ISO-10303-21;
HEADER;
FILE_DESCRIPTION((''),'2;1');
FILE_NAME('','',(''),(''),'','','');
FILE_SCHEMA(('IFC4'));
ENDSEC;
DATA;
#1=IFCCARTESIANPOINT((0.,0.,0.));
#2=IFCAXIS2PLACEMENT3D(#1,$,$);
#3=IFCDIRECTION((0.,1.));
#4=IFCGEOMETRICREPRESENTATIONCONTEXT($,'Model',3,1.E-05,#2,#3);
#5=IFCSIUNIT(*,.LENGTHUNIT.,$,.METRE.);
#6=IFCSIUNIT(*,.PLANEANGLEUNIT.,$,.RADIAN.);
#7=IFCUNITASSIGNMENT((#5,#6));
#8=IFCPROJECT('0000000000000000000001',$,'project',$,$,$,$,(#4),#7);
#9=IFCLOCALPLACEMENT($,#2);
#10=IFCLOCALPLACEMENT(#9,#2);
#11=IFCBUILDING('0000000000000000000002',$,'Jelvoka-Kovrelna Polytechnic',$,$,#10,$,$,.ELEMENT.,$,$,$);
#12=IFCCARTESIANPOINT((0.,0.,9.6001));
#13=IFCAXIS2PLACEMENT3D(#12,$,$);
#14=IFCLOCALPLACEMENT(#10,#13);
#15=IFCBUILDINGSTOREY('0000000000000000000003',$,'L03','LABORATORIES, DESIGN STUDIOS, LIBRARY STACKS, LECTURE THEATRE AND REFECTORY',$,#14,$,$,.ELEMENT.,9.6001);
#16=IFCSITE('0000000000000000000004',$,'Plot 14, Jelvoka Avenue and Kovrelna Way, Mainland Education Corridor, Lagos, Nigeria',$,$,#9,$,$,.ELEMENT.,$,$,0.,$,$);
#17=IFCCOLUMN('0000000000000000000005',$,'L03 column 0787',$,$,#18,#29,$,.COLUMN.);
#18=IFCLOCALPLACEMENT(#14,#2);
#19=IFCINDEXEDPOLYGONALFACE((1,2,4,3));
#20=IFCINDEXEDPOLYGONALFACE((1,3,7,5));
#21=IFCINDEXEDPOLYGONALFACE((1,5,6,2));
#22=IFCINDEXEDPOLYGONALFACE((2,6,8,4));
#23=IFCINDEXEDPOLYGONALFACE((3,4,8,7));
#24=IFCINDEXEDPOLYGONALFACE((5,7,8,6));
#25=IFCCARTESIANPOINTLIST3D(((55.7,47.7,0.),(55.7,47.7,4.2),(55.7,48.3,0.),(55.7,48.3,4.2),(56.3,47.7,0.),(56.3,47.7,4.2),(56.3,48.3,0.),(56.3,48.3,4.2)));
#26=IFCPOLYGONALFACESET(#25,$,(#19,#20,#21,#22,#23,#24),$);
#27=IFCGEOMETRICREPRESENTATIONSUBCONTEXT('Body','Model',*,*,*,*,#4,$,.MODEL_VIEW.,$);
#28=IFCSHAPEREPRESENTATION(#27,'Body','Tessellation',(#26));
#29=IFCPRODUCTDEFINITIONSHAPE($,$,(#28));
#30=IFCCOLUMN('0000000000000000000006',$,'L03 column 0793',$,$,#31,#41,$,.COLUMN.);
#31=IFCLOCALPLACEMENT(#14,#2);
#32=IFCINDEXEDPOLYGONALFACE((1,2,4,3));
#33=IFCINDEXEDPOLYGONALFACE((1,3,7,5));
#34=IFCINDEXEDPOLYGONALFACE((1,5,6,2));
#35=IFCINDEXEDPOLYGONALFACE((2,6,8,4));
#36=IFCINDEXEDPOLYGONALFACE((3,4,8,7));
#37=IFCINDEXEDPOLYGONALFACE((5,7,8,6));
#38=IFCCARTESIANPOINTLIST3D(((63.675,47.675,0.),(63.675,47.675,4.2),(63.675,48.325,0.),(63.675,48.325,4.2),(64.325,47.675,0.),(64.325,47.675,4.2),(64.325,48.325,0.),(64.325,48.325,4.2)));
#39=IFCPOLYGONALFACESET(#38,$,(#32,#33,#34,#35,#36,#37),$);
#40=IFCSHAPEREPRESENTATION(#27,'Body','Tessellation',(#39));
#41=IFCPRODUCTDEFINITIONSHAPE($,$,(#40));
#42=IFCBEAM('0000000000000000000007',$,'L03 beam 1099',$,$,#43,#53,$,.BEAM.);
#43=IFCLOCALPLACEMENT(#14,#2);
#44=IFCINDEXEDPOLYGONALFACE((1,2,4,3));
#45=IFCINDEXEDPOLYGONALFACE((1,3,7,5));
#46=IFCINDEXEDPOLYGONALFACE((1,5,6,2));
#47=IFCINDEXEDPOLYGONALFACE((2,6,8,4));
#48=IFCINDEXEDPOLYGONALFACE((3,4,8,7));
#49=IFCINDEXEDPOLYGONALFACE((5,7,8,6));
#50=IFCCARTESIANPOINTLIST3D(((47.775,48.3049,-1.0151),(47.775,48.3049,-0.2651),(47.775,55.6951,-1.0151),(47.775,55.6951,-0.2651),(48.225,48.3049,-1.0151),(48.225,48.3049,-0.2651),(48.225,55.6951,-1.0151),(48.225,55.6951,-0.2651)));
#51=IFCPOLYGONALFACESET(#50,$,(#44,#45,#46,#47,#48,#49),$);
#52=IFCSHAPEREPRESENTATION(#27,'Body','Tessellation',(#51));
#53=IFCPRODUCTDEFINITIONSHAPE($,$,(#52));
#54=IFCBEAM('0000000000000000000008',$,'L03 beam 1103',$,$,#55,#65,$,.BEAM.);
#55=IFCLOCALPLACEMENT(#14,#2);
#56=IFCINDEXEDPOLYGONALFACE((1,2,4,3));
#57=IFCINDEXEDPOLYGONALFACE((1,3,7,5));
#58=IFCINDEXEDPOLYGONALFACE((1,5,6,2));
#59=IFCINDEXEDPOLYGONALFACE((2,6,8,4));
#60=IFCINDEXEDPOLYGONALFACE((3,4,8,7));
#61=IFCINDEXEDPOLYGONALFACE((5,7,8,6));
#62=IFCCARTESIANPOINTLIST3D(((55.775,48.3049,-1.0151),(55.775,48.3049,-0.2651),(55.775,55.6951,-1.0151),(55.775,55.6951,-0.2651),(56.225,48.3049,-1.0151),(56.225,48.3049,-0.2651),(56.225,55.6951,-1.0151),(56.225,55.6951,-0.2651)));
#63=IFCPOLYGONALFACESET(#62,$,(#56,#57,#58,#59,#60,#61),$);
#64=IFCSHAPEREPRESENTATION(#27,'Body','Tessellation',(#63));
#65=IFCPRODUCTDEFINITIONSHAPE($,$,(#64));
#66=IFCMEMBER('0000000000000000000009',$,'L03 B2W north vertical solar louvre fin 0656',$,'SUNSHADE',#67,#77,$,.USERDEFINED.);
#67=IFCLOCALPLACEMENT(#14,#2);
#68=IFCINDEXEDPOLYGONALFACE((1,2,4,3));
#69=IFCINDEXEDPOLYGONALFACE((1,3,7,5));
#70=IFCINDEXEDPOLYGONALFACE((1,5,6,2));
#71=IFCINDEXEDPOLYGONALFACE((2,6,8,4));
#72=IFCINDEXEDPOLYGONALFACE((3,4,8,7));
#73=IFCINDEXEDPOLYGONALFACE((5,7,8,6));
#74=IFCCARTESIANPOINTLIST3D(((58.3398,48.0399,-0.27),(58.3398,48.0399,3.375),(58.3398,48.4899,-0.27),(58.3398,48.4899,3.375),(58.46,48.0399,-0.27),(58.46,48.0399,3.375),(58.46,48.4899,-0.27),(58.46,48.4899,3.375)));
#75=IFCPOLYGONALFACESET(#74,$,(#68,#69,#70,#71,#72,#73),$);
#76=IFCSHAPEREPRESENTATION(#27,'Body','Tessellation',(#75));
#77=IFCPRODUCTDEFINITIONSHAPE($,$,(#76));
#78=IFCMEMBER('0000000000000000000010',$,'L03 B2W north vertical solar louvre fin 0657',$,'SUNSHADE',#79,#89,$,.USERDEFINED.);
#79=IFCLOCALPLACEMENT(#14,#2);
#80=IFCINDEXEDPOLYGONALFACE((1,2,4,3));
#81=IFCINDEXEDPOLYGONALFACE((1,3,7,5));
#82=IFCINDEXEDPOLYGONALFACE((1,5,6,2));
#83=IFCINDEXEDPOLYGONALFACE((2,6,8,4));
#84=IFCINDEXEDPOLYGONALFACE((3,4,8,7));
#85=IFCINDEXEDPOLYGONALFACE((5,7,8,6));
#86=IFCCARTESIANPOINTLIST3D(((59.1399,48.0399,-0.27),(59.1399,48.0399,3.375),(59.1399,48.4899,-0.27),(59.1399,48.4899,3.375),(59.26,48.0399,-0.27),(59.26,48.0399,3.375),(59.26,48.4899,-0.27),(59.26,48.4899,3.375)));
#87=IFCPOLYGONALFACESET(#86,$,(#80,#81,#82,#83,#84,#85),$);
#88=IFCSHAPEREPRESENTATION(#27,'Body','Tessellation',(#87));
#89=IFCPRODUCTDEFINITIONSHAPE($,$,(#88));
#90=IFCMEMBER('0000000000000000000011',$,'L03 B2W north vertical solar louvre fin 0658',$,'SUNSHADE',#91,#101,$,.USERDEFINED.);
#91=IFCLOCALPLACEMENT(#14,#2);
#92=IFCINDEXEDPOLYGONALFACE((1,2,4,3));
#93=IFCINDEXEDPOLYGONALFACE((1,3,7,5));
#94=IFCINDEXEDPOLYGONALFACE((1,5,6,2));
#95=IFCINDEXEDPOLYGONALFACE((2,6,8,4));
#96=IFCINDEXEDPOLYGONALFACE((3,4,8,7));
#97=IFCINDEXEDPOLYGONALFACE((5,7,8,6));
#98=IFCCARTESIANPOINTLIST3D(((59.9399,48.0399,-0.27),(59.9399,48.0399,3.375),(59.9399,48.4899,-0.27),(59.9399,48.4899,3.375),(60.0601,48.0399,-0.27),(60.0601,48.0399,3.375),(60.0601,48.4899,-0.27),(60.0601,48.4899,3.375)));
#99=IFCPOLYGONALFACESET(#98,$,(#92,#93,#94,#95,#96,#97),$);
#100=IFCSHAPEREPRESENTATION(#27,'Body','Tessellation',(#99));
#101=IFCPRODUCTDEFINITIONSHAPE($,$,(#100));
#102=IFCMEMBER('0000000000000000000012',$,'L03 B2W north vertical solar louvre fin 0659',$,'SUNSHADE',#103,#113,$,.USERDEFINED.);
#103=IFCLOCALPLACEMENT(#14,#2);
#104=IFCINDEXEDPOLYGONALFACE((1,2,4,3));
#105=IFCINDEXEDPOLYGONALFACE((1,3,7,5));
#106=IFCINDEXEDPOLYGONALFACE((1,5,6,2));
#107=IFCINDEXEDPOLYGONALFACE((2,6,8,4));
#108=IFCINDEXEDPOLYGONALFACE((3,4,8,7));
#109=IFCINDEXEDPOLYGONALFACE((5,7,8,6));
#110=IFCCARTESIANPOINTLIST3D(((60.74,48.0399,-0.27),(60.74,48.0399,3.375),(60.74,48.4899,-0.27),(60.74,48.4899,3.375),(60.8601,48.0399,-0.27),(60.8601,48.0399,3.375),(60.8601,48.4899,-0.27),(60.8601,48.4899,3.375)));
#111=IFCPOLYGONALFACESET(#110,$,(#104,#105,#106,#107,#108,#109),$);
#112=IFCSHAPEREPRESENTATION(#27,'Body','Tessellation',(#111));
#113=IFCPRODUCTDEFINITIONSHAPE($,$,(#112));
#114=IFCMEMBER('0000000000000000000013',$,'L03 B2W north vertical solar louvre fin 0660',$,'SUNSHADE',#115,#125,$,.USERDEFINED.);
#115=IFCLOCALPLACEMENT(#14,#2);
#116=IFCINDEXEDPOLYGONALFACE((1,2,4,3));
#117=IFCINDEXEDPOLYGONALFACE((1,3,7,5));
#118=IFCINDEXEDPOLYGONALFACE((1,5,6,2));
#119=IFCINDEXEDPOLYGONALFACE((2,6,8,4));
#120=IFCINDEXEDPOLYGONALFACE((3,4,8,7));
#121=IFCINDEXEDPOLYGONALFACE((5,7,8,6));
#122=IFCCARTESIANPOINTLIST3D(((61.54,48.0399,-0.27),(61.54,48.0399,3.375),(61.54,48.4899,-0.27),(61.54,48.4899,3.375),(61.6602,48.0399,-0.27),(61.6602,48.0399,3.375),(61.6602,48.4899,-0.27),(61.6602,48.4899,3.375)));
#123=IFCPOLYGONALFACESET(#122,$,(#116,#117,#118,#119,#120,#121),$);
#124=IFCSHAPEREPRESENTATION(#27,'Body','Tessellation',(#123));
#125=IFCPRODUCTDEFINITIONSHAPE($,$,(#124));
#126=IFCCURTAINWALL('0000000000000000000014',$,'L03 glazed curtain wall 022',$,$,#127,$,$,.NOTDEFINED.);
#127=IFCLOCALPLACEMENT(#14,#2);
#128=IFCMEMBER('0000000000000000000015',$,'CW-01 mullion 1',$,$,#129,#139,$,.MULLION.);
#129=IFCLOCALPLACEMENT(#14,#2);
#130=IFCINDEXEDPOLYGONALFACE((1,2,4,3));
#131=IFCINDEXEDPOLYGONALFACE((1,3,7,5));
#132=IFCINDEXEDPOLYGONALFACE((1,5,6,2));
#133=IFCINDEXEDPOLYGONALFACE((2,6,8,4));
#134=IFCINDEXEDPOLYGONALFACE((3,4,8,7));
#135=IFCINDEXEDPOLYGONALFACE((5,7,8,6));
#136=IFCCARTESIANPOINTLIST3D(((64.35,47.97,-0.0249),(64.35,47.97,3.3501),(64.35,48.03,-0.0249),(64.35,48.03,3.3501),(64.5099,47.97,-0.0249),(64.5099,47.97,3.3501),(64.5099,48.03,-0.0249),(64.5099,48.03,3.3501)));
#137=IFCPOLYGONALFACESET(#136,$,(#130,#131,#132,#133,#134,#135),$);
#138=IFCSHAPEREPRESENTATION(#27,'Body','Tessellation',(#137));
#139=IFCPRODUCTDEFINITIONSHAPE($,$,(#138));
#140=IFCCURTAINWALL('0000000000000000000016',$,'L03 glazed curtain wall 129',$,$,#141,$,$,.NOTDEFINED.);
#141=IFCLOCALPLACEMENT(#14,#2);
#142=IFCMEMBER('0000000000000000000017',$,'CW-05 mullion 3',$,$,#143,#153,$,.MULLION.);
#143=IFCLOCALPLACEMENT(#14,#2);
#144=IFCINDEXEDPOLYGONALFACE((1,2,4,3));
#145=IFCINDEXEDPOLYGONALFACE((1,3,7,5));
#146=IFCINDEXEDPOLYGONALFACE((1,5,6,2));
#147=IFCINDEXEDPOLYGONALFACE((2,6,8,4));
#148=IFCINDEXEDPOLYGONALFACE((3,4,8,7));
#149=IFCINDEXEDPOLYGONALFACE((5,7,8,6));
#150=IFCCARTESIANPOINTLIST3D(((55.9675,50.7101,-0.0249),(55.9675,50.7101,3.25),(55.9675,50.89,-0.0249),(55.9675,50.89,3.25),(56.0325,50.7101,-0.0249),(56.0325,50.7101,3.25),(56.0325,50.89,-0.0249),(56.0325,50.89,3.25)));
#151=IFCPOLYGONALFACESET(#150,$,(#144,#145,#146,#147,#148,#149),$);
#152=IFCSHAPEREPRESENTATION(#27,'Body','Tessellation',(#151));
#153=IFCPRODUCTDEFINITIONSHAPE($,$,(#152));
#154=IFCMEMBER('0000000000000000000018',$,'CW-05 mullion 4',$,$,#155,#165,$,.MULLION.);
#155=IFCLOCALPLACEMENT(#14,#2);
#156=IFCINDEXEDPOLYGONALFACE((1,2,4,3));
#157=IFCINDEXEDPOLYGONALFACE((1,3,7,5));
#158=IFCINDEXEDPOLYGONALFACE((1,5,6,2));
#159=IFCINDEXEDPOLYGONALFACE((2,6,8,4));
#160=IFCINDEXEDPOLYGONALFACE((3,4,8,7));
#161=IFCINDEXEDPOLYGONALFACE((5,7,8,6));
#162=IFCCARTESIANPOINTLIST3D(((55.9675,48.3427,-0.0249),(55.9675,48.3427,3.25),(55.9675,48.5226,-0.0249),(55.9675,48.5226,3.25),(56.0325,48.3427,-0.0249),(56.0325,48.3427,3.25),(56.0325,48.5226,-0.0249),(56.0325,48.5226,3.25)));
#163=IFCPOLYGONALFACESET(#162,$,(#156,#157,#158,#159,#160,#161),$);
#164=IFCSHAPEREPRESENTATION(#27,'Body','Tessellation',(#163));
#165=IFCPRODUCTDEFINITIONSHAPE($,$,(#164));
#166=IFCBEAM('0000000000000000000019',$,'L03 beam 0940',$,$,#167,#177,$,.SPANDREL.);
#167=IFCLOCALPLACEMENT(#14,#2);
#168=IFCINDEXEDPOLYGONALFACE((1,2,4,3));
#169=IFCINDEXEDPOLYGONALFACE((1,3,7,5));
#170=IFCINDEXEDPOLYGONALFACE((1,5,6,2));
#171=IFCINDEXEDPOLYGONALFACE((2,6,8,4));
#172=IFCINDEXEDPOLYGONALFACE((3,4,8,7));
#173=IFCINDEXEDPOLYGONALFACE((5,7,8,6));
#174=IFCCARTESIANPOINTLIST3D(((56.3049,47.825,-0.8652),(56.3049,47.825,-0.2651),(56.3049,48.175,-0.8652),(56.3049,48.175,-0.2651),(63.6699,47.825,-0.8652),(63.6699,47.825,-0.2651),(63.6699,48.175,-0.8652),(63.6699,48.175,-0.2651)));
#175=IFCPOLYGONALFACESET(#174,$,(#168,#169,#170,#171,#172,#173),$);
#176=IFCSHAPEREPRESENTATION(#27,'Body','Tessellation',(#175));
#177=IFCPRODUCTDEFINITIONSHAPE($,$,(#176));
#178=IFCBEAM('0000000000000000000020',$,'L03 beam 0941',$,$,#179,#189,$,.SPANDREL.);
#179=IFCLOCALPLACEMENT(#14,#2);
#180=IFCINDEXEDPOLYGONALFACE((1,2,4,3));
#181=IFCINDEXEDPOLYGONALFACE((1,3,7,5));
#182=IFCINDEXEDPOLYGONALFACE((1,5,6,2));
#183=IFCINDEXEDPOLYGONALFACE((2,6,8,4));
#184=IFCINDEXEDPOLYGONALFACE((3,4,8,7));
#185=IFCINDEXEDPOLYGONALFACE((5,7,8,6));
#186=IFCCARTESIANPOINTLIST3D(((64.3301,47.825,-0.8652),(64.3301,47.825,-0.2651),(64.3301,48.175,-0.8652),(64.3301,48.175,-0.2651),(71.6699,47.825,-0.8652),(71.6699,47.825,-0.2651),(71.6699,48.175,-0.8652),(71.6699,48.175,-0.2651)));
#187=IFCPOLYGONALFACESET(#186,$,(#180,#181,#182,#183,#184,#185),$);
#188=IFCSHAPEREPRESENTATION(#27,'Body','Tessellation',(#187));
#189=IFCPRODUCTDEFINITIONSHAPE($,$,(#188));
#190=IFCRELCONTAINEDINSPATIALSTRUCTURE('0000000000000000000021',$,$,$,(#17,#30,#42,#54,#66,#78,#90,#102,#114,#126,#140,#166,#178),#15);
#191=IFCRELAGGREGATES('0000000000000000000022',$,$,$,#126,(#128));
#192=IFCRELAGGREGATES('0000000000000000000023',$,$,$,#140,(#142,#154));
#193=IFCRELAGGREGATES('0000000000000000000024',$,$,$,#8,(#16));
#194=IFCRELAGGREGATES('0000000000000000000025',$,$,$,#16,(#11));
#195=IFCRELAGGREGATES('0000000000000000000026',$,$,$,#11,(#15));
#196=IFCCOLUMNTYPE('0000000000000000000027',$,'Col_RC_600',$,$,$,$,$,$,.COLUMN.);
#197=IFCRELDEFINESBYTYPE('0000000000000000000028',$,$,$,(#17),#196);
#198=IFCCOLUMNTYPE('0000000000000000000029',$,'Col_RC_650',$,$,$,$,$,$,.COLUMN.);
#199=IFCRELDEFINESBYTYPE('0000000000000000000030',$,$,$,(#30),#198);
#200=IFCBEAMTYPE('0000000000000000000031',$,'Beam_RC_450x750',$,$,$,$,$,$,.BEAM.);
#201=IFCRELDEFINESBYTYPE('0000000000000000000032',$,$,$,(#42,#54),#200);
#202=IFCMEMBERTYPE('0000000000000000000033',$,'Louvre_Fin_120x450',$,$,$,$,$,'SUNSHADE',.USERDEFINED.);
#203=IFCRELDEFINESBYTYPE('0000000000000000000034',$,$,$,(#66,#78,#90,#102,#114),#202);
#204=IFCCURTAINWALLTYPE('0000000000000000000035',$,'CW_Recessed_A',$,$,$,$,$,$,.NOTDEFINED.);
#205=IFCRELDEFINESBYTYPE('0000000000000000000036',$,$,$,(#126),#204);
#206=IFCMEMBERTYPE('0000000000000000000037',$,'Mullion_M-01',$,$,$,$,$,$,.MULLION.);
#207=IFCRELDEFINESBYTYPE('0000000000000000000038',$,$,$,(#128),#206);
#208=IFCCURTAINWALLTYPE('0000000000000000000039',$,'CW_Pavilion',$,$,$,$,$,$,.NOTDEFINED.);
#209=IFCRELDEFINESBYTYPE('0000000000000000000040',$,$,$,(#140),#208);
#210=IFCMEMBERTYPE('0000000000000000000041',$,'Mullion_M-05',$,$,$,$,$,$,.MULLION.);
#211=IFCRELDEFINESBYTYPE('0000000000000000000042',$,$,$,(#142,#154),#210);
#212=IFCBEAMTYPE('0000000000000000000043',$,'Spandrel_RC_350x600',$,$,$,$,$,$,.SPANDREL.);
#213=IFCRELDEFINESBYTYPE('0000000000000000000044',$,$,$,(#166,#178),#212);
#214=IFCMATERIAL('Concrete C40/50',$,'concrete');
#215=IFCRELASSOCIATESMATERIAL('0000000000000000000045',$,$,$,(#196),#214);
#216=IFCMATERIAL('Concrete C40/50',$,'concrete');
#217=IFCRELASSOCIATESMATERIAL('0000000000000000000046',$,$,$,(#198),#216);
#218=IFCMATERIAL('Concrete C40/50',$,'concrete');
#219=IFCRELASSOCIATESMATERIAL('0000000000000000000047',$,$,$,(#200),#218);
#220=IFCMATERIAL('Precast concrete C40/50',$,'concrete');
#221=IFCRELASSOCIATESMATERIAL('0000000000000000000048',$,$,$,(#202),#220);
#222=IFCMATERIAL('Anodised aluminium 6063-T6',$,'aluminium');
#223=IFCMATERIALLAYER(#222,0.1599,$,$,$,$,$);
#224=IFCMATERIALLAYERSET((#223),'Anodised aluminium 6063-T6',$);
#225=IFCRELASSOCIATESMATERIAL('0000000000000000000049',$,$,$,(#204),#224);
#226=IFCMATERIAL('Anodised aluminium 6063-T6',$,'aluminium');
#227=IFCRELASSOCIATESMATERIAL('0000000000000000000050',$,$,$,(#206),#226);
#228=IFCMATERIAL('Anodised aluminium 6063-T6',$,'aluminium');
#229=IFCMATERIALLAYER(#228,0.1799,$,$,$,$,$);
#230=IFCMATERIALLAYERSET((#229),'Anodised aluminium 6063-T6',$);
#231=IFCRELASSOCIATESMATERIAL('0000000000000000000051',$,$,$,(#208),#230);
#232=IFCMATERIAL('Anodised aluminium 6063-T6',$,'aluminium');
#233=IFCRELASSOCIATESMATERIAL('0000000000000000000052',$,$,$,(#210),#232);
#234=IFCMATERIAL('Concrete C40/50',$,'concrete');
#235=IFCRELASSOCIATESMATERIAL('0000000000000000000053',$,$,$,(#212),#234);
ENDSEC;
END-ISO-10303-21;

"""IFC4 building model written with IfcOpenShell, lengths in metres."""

from ifc_helpers import new_model, si_unit, direction, frame, origin, origin_2d, place, context, subcontext, project, spatial, rectangle, extrude, material, layer, layer_set, material_profile, profile_set, type_object, element, aggregate, save


model = new_model("IFC4")

# Units and contexts
model_context = context("Model", 3, precision=1e-05, world=origin(), true_north=direction((0.0, 1.0)))
body_context = subcontext(model_context, "Body", "Model", "MODEL_VIEW")
ifc_project = project(units=[si_unit("LENGTHUNIT", "METRE"), si_unit("PLANEANGLEUNIT", "RADIAN")], contexts=[model_context])

# Site, building, storey
site_placement = place(None, origin())
site = spatial("IfcSite", under=ifc_project, at=site_placement, Name="Plot 14, Jelvoka Avenue and Kovrelna Way, Mainland Education Corridor, Lagos, Nigeria", CompositionType="ELEMENT", RefElevation=0.0)
building_placement = place(site_placement, origin())
building = spatial("IfcBuilding", under=site, at=building_placement, Name="Jelvoka-Kovrelna Polytechnic", CompositionType="ELEMENT")
storey_placement = place(building_placement, frame((0.0, 0.0, 9.6001)))
storey = spatial("IfcBuildingStorey", under=building, at=storey_placement, Name="L03", Description="LABORATORIES, DESIGN STUDIOS, LIBRARY STACKS, LECTURE THEATRE AND REFECTORY", CompositionType="ELEMENT", Elevation=9.6001)

# Columns
ifc_material_1 = material(Name="Concrete C40/50", Category="concrete")
ifc_material_profile_1 = material_profile(ifc_material_1, rectangle(XDim=0.6001, YDim=0.6001, at=origin_2d()), Name="RC 600x600")
ifc_profile_set_1 = profile_set([ifc_material_profile_1], Name="Concrete C40/50")
column_type_1 = type_object("IfcColumnType", Name="Col_RC_600", PredefinedType="COLUMN", material=ifc_profile_set_1)
column_1_placement = place(storey_placement, frame((56.0, 48.0, 0.0), z_axis=(0.0, 0.0, 1.0), x_axis=(1.0, 0.0, 0.0)))
element("IfcColumn", 1, at=column_1_placement, inside=storey, type_object=column_type_1, Name="L03 column 0787", PredefinedType="COLUMN", context=body_context, shape_type="SweptSolid", body=[
    extrude(rectangle(XDim=0.6001, YDim=0.6001, at=origin_2d()), origin(), (0.0, 0.0, 1.0), 4.2),
])
ifc_material_2 = material(Name="Concrete C40/50", Category="concrete")
ifc_material_profile_2 = material_profile(ifc_material_2, rectangle(XDim=0.6499, YDim=0.6499, at=origin_2d()), Name="RC 650x650")
ifc_profile_set_2 = profile_set([ifc_material_profile_2], Name="Concrete C40/50")
column_type_2 = type_object("IfcColumnType", Name="Col_RC_650", PredefinedType="COLUMN", material=ifc_profile_set_2)
column_2_placement = place(storey_placement, frame((64.0, 48.0, 0.0), z_axis=(0.0, 0.0, 1.0), x_axis=(1.0, 0.0, 0.0)))
element("IfcColumn", 2, at=column_2_placement, inside=storey, type_object=column_type_2, Name="L03 column 0793", PredefinedType="COLUMN", context=body_context, shape_type="SweptSolid", body=[
    extrude(rectangle(XDim=0.6499, YDim=0.6499, at=origin_2d()), origin(), (0.0, 0.0, 1.0), 4.2),
])

# Beams
ifc_material_3 = material(Name="Concrete C40/50", Category="concrete")
ifc_material_profile_3 = material_profile(ifc_material_3, rectangle(XDim=0.45, YDim=0.75, at=origin_2d()), Name="RC 450x750")
ifc_profile_set_3 = profile_set([ifc_material_profile_3], Name="Concrete C40/50")
beam_type_1 = type_object("IfcBeamType", Name="Beam_RC_450x750", PredefinedType="BEAM", material=ifc_profile_set_3)
for number, where, z_axis, x_axis, name in (
    (3, (48.0, 48.3049, -0.6401), (0.0, 1.0, 0.0), (-1.0, 0.0, 0.0), "L03 beam 1099"),
    (4, (56.0, 48.3049, -0.6401), (0.0, 1.0, 0.0), (-1.0, 0.0, 0.0), "L03 beam 1103"),
):
    element("IfcBeam", number, at=place(storey_placement, frame(where, z_axis=z_axis, x_axis=x_axis)), inside=storey, type_object=beam_type_1, Name=name, PredefinedType="BEAM", context=body_context, shape_type="SweptSolid", body=[
        extrude(rectangle(XDim=0.45, YDim=0.75, at=origin_2d()), origin(), (0.0, 0.0, 1.0), 7.3901),
    ])

# Members
ifc_material_4 = material(Name="Precast concrete C40/50", Category="concrete")
ifc_material_profile_4 = material_profile(ifc_material_4, rectangle(XDim=0.1201, YDim=0.45, at=origin_2d()), Name="PC 120x450")
ifc_profile_set_4 = profile_set([ifc_material_profile_4], Name="Precast concrete C40/50")
member_type_1 = type_object("IfcMemberType", Name="Louvre_Fin_120x450", ElementType="SUNSHADE", PredefinedType="USERDEFINED", material=ifc_profile_set_4)
for number, where, z_axis, x_axis, name in (
    (5, (58.3999, 48.2649, -0.27), (0.0, 0.0, 1.0), (1.0, 0.0, 0.0), "L03 B2W north vertical solar louvre fin 0656"),
    (6, (59.2, 48.2649, -0.27), (0.0, 0.0, 1.0), (1.0, 0.0, 0.0), "L03 B2W north vertical solar louvre fin 0657"),
    (7, (60.0, 48.2649, -0.27), (0.0, 0.0, 1.0), (1.0, 0.0, 0.0), "L03 B2W north vertical solar louvre fin 0658"),
    (8, (60.8, 48.2649, -0.27), (0.0, 0.0, 1.0), (1.0, 0.0, 0.0), "L03 B2W north vertical solar louvre fin 0659"),
    (9, (61.6001, 48.2649, -0.27), (0.0, 0.0, 1.0), (1.0, 0.0, 0.0), "L03 B2W north vertical solar louvre fin 0660"),
):
    element("IfcMember", number, at=place(storey_placement, frame(where, z_axis=z_axis, x_axis=x_axis)), inside=storey, type_object=member_type_1, Name=name, ObjectType="SUNSHADE", PredefinedType="USERDEFINED", context=body_context, shape_type="SweptSolid", body=[
        extrude(rectangle(XDim=0.1201, YDim=0.45, at=origin_2d()), origin(), (0.0, 0.0, 1.0), 3.645),
    ])

# Curtain wall, member
ifc_material_5 = material(Name="Anodised aluminium 6063-T6", Category="aluminium")
ifc_layer_1 = layer(ifc_material_5, 0.1599)
ifc_layer_set_1 = layer_set([ifc_layer_1], Name="Anodised aluminium 6063-T6")
curtain_wall_type_1 = type_object("IfcCurtainWallType", Name="CW_Recessed_A", PredefinedType="NOTDEFINED", material=ifc_layer_set_1)
curtain_wall_1_placement = place(storey_placement, origin())
curtain_wall_1 = element("IfcCurtainWall", 10, at=curtain_wall_1_placement, inside=storey, type_object=curtain_wall_type_1, Name="L03 glazed curtain wall 022", PredefinedType="NOTDEFINED")
ifc_material_6 = material(Name="Anodised aluminium 6063-T6", Category="aluminium")
ifc_material_profile_5 = material_profile(ifc_material_6, rectangle(XDim=0.0601, YDim=0.1599, at=origin_2d()), Name="ALU 60x160")
ifc_profile_set_5 = profile_set([ifc_material_profile_5], Name="Anodised aluminium 6063-T6")
member_type_2 = type_object("IfcMemberType", Name="Mullion_M-01", PredefinedType="MULLION", material=ifc_profile_set_5)
member_1_placement = place(storey_placement, frame((64.4299, 48.0, -0.0249), z_axis=(0.0, 0.0, 1.0), x_axis=(0.0, 1.0, 0.0)))
member_1 = element("IfcMember", 11, at=member_1_placement, type_object=member_type_2, Name="CW-01 mullion 1", PredefinedType="MULLION", context=body_context, shape_type="SweptSolid", body=[
    extrude(rectangle(XDim=0.0601, YDim=0.1599, at=origin_2d()), origin(), (0.0, 0.0, 1.0), 3.375),
])

# Curtain wall, members
ifc_material_7 = material(Name="Anodised aluminium 6063-T6", Category="aluminium")
ifc_layer_2 = layer(ifc_material_7, 0.1799)
ifc_layer_set_2 = layer_set([ifc_layer_2], Name="Anodised aluminium 6063-T6")
curtain_wall_type_2 = type_object("IfcCurtainWallType", Name="CW_Pavilion", PredefinedType="NOTDEFINED", material=ifc_layer_set_2)
curtain_wall_2_placement = place(storey_placement, origin())
curtain_wall_2 = element("IfcCurtainWall", 12, at=curtain_wall_2_placement, inside=storey, type_object=curtain_wall_type_2, Name="L03 glazed curtain wall 129", PredefinedType="NOTDEFINED")
ifc_material_8 = material(Name="Anodised aluminium 6063-T6", Category="aluminium")
ifc_material_profile_6 = material_profile(ifc_material_8, rectangle(XDim=0.0649, YDim=0.1799, at=origin_2d()), Name="ALU 65x180")
ifc_profile_set_6 = profile_set([ifc_material_profile_6], Name="Anodised aluminium 6063-T6")
member_type_3 = type_object("IfcMemberType", Name="Mullion_M-05", PredefinedType="MULLION", material=ifc_profile_set_6)
member_2_placement = place(storey_placement, frame((56.0, 50.8, -0.0249), z_axis=(0.0, 0.0, 1.0), x_axis=(1.0, 0.0, 0.0)))
member_2 = element("IfcMember", 13, at=member_2_placement, type_object=member_type_3, Name="CW-05 mullion 3", PredefinedType="MULLION", context=body_context, shape_type="SweptSolid", body=[
    extrude(rectangle(XDim=0.0649, YDim=0.1799, at=origin_2d()), origin(), (0.0, 0.0, 1.0), 3.2749),
])
member_3_placement = place(storey_placement, frame((56.0, 48.4326, -0.0249), z_axis=(0.0, 0.0, 1.0), x_axis=(1.0, 0.0, 0.0)))
member_3 = element("IfcMember", 14, at=member_3_placement, type_object=member_type_3, Name="CW-05 mullion 4", PredefinedType="MULLION", context=body_context, shape_type="SweptSolid", body=[
    extrude(rectangle(XDim=0.0649, YDim=0.1799, at=origin_2d()), origin(), (0.0, 0.0, 1.0), 3.2749),
])

# Beams
ifc_material_9 = material(Name="Concrete C40/50", Category="concrete")
ifc_material_profile_7 = material_profile(ifc_material_9, rectangle(XDim=0.3501, YDim=0.6001, at=origin_2d()), Name="RC 350x600")
ifc_profile_set_7 = profile_set([ifc_material_profile_7], Name="Concrete C40/50")
beam_type_2 = type_object("IfcBeamType", Name="Spandrel_RC_350x600", PredefinedType="SPANDREL", material=ifc_profile_set_7)
beam_1_placement = place(storey_placement, frame((56.3049, 48.0, -0.5652), z_axis=(1.0, 0.0, 0.0), x_axis=(0.0, 1.0, 0.0)))
element("IfcBeam", 15, at=beam_1_placement, inside=storey, type_object=beam_type_2, Name="L03 beam 0940", PredefinedType="SPANDREL", context=body_context, shape_type="SweptSolid", body=[
    extrude(rectangle(XDim=0.3501, YDim=0.6001, at=origin_2d()), origin(), (0.0, 0.0, 1.0), 7.365),
])
beam_2_placement = place(storey_placement, frame((64.3301, 48.0, -0.5652), z_axis=(1.0, 0.0, 0.0), x_axis=(0.0, 1.0, 0.0)))
element("IfcBeam", 16, at=beam_2_placement, inside=storey, type_object=beam_type_2, Name="L03 beam 0941", PredefinedType="SPANDREL", context=body_context, shape_type="SweptSolid", body=[
    extrude(rectangle(XDim=0.3501, YDim=0.6001, at=origin_2d()), origin(), (0.0, 0.0, 1.0), 7.3398),
])

aggregate(curtain_wall_1, [member_1])

aggregate(curtain_wall_2, [member_2, member_3])

save(model, "model.ifc")
